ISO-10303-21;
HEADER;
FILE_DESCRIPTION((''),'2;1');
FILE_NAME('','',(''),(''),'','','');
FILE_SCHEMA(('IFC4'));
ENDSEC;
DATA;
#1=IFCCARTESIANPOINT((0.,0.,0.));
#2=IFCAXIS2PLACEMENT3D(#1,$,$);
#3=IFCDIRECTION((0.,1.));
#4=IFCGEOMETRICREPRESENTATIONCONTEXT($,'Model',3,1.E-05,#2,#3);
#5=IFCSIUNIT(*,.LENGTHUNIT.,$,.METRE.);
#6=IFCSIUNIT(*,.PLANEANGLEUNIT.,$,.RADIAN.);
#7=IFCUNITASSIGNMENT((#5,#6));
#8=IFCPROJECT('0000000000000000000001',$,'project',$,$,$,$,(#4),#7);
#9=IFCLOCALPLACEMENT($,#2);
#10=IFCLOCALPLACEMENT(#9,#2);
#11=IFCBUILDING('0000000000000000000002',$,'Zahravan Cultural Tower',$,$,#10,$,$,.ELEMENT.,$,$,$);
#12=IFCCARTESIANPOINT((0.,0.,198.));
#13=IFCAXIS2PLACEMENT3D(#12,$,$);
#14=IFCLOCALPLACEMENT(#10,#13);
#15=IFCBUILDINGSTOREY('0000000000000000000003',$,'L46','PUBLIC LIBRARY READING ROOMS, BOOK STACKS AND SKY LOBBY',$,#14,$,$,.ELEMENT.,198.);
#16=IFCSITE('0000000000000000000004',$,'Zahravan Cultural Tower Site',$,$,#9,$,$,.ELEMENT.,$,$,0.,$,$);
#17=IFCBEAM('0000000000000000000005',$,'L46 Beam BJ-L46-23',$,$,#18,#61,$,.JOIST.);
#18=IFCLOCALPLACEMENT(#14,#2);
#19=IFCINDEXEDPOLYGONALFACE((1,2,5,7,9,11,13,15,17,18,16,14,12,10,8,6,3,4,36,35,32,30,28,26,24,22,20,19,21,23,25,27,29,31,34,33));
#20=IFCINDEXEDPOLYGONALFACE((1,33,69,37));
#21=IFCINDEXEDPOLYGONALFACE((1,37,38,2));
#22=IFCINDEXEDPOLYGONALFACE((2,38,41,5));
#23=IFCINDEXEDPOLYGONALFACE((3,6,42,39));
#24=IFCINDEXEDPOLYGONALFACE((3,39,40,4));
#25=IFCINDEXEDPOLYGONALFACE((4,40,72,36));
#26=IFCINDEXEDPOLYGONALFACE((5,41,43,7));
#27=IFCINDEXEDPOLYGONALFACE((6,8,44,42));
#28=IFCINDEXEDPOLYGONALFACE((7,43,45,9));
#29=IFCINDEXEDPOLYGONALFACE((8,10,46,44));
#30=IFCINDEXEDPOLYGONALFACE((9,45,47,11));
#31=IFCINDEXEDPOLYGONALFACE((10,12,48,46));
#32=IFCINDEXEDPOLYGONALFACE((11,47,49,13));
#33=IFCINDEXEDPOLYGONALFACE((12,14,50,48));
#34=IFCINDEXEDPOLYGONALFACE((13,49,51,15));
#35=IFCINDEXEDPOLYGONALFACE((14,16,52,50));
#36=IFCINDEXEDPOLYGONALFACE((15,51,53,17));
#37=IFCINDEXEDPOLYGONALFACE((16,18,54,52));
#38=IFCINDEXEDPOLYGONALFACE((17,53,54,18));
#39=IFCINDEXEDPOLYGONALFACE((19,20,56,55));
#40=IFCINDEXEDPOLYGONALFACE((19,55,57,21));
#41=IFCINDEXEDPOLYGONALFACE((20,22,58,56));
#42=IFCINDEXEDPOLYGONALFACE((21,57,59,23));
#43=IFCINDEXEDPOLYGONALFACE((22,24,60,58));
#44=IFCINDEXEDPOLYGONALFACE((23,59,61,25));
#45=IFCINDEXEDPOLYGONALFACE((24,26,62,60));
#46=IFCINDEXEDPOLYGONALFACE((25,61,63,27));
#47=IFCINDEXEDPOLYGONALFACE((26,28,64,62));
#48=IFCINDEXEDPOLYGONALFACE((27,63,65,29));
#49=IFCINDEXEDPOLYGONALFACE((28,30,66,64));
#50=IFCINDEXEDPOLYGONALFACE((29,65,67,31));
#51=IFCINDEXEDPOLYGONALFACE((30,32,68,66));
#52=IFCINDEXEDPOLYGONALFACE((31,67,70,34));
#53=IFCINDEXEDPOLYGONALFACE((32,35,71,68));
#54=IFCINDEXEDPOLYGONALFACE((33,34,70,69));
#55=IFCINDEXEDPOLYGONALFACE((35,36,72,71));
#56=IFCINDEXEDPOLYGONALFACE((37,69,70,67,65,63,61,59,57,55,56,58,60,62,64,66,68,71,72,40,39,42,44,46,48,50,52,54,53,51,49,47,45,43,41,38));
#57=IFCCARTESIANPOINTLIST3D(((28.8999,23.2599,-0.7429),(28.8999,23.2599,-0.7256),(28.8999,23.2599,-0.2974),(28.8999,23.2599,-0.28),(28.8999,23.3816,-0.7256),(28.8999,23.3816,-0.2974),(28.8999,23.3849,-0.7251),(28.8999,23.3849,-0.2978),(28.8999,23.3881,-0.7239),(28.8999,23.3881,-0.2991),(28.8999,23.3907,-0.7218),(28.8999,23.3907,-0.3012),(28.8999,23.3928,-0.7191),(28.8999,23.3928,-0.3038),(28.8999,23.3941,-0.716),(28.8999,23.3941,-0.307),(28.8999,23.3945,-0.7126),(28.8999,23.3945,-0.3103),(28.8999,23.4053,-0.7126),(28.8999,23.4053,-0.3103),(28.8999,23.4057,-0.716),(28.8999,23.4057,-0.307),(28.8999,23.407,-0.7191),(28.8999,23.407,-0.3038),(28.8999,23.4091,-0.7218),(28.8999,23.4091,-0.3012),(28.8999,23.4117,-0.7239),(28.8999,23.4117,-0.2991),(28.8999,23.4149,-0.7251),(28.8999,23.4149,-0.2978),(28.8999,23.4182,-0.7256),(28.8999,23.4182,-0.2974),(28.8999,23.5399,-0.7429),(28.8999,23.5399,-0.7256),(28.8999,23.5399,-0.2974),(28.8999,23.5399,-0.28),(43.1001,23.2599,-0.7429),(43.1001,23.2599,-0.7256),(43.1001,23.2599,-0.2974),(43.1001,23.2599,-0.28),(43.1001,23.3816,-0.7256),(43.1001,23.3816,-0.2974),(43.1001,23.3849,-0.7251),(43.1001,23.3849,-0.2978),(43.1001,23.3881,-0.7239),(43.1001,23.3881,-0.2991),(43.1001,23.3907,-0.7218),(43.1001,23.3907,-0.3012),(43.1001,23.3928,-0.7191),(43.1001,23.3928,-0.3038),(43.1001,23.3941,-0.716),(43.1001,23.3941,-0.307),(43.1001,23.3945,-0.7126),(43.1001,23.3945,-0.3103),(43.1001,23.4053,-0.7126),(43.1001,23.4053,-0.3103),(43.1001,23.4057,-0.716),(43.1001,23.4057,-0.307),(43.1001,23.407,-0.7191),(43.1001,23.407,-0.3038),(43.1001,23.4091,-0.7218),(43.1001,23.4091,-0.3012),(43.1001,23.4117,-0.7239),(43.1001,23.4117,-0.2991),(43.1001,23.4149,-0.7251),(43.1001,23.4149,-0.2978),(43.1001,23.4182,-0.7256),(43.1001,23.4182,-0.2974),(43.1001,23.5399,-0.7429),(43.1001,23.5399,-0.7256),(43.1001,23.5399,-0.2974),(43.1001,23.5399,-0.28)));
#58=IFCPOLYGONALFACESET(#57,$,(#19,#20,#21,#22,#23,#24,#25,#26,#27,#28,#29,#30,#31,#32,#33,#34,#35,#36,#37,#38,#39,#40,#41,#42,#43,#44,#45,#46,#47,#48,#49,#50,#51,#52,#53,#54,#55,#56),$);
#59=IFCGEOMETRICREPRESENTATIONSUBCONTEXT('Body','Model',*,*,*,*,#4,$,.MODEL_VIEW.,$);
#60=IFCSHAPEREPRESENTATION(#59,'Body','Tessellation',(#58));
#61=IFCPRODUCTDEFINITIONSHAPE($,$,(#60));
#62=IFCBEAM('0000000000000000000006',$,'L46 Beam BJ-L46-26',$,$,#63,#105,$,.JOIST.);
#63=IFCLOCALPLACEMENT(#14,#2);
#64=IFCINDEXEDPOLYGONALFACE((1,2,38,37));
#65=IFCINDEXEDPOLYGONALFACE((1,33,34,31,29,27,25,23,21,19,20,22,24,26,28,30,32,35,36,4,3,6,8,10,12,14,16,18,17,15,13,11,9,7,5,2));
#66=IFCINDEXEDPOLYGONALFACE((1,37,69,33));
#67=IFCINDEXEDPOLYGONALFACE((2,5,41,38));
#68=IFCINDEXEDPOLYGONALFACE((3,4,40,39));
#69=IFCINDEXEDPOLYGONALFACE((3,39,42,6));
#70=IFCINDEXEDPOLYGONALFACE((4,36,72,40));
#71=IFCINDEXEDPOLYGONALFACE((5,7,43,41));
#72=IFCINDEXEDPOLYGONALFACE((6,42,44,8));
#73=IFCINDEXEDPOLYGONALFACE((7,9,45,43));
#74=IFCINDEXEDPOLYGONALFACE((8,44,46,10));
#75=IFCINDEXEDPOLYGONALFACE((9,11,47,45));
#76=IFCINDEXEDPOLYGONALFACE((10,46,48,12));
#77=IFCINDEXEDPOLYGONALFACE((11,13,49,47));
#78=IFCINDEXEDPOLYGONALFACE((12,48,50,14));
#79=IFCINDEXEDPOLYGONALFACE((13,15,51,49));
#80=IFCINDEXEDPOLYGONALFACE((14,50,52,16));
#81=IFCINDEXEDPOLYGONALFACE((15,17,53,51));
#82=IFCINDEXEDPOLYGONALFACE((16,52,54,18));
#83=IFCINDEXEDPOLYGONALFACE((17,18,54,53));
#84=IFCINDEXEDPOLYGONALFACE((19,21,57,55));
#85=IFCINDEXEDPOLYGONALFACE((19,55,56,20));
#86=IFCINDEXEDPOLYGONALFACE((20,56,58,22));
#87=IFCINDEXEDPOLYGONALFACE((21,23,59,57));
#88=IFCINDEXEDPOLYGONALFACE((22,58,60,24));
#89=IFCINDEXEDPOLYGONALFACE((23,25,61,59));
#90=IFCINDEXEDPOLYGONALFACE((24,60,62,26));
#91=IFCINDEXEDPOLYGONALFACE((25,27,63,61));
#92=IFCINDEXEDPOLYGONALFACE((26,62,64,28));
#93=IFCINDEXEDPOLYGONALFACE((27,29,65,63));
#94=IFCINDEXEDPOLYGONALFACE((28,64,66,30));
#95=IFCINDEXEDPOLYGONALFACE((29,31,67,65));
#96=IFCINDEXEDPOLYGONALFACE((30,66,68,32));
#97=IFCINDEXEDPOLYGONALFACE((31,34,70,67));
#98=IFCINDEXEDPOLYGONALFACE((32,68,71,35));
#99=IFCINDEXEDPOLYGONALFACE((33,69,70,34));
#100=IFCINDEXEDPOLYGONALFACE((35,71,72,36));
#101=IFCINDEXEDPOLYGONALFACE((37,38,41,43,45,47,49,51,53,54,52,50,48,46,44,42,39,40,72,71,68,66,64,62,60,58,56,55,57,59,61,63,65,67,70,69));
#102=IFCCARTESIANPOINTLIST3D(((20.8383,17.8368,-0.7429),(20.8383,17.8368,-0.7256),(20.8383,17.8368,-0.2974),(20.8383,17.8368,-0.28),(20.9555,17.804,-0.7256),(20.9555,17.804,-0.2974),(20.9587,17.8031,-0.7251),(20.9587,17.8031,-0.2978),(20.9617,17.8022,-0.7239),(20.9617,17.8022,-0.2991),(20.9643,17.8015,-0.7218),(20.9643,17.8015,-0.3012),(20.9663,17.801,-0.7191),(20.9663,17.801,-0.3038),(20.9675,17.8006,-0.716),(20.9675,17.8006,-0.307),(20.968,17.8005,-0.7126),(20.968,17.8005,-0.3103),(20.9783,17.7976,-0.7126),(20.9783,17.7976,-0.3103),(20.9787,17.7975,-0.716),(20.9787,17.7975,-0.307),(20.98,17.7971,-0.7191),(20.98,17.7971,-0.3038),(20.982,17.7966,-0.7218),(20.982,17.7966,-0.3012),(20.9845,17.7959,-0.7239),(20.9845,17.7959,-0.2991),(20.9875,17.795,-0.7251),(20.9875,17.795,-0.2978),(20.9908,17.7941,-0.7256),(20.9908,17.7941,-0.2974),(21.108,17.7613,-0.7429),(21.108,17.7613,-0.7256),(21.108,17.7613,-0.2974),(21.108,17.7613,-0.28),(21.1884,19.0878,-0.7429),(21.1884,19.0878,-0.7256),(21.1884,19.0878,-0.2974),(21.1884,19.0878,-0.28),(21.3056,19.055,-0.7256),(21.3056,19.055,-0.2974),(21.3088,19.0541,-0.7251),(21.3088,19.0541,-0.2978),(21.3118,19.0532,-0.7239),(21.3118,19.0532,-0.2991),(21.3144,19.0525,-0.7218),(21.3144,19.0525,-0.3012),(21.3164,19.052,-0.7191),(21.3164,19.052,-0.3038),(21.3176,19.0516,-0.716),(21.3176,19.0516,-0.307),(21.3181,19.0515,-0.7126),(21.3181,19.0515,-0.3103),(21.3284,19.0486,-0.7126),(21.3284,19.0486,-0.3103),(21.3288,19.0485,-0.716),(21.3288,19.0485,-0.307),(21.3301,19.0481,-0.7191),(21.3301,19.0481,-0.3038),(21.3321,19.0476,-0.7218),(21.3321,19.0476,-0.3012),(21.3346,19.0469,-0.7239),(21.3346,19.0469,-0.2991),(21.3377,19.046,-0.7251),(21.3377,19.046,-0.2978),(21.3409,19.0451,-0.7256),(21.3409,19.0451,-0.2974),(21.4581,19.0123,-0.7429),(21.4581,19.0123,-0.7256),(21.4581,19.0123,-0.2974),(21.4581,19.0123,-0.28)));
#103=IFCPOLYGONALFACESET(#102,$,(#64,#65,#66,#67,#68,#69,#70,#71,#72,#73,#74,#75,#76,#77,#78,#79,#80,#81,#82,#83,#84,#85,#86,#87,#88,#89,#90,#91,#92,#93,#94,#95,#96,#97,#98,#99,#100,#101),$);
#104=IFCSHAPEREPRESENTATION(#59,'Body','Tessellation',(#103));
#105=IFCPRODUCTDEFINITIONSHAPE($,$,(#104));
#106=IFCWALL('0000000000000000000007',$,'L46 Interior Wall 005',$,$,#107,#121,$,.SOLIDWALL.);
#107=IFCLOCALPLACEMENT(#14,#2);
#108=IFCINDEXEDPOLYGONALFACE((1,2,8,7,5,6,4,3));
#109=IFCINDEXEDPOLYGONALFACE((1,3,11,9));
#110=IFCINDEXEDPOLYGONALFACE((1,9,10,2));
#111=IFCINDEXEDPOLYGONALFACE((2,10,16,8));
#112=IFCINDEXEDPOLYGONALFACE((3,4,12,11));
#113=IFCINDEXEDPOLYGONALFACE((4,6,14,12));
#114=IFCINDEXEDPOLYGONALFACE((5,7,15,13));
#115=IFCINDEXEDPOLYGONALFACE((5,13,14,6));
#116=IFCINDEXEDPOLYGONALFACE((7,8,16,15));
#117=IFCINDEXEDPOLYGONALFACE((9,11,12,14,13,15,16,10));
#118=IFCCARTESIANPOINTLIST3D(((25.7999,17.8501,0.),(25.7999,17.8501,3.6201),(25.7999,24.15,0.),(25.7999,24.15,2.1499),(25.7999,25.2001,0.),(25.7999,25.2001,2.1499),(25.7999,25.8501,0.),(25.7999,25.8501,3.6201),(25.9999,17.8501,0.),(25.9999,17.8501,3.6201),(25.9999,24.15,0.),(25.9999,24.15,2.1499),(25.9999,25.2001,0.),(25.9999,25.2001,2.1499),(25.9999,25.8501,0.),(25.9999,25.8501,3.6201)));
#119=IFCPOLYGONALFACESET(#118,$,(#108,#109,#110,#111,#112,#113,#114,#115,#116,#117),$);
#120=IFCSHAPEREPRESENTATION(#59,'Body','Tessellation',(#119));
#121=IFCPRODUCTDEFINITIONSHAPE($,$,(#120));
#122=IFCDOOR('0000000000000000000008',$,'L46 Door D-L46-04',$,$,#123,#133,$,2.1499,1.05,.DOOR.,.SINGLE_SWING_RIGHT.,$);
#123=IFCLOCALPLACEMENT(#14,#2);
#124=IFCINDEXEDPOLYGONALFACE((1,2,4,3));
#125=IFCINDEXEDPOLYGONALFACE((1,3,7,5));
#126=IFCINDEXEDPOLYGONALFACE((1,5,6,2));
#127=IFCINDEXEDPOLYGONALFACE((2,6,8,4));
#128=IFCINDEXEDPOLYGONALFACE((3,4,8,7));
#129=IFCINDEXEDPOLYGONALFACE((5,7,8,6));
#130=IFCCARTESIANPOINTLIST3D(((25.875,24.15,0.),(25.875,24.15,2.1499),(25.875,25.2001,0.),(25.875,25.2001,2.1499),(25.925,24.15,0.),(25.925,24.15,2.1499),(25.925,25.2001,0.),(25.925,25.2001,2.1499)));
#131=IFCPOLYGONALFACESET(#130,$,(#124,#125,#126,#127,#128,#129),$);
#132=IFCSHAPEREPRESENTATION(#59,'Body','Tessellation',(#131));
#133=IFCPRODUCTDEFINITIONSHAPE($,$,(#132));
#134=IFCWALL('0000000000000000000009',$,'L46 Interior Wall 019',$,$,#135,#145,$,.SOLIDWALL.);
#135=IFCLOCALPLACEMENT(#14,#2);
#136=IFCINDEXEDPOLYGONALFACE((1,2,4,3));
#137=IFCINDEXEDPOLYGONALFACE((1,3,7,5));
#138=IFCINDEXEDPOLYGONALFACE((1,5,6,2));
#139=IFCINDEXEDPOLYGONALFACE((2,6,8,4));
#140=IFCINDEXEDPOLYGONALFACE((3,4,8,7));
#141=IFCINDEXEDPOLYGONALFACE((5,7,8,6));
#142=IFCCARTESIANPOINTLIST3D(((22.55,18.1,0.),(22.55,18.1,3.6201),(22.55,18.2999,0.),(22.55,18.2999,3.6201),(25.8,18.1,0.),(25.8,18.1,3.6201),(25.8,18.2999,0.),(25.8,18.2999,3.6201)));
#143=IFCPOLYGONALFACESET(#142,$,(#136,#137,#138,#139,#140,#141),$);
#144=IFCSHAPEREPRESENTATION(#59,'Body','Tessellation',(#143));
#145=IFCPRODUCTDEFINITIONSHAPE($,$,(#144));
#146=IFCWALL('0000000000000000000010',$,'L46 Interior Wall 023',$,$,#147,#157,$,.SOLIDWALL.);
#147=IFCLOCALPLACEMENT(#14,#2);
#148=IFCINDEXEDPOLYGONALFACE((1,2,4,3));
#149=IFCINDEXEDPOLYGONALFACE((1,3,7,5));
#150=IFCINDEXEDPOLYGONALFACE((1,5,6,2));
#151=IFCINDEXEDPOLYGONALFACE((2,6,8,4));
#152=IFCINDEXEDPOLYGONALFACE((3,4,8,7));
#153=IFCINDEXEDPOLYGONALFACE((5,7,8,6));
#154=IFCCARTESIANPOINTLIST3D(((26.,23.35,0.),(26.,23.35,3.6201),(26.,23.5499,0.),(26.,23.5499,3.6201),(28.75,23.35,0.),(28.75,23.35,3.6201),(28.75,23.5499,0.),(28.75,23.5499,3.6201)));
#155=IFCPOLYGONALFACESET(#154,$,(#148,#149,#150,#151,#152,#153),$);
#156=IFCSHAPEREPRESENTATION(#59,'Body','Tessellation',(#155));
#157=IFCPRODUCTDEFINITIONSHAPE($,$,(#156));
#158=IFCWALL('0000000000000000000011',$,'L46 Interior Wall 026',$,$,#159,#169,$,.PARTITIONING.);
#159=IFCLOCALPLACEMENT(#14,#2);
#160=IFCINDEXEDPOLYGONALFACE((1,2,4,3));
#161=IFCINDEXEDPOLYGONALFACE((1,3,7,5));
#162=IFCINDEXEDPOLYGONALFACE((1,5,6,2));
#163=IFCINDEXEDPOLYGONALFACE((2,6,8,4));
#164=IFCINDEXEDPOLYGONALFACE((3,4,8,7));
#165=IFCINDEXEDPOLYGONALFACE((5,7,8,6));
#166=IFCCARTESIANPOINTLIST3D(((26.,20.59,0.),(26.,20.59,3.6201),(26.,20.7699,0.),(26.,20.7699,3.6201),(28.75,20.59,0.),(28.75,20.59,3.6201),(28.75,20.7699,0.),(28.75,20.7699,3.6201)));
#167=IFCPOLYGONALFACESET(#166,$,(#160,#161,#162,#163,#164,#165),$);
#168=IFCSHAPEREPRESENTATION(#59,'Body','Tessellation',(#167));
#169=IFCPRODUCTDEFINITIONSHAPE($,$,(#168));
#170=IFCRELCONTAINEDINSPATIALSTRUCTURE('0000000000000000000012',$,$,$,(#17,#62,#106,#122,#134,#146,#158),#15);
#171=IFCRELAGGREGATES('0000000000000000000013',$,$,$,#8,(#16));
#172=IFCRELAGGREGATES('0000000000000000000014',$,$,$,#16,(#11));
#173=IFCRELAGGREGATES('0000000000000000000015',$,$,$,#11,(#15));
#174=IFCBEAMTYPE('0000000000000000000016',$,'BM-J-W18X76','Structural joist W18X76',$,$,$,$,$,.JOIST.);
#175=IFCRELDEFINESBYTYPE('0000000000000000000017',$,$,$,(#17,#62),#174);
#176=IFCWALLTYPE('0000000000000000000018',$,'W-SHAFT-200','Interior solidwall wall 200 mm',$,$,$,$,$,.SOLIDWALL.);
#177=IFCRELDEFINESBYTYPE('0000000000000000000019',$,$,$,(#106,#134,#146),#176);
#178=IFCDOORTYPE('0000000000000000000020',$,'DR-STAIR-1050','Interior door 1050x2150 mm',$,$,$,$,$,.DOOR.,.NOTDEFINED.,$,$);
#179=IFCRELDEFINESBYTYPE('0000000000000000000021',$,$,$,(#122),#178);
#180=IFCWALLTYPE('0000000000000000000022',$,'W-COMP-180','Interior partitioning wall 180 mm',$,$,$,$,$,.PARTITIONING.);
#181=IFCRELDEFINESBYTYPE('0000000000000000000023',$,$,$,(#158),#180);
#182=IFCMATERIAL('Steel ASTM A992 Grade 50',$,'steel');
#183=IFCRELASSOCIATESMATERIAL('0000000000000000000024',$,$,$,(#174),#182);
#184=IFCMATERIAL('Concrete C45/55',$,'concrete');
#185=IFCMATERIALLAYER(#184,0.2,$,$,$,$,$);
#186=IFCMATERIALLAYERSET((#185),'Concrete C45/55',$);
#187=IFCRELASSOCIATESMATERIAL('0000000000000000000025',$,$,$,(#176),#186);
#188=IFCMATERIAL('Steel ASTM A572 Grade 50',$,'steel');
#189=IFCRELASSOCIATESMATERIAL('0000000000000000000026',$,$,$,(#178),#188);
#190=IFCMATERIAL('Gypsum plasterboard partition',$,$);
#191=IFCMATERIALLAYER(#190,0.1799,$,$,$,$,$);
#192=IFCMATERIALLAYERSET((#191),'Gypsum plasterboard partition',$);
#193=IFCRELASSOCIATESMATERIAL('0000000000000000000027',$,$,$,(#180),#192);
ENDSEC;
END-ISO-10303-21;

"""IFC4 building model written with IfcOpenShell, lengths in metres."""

from ifc_helpers import new_model, si_unit, direction, frame, frame_2d, origin, origin_2d, place, context, subcontext, project, spatial, rectangle, i_section, extrude, source, transform, mapped, material, layer, layer_set, material_profile, profile_set, type_object, element, fill, save


model = new_model("IFC4")

# Units and contexts
model_context = context("Model", 3, precision=1e-05, world=origin(), true_north=direction((0.0, 1.0)))
body_context = subcontext(model_context, "Body", "Model", "MODEL_VIEW")
ifc_project = project(units=[si_unit("LENGTHUNIT", "METRE"), si_unit("PLANEANGLEUNIT", "RADIAN")], contexts=[model_context])

# Site, building, storey
site_placement = place(None, origin())
site = spatial("IfcSite", under=ifc_project, at=site_placement, Name="Zahravan Cultural Tower Site", CompositionType="ELEMENT", RefElevation=0.0)
building_placement = place(site_placement, origin())
building = spatial("IfcBuilding", under=site, at=building_placement, Name="Zahravan Cultural Tower", CompositionType="ELEMENT")
storey_placement = place(building_placement, frame((0.0, 0.0, 198.0)))
storey = spatial("IfcBuildingStorey", under=building, at=storey_placement, Name="L46", Description="PUBLIC LIBRARY READING ROOMS, BOOK STACKS AND SKY LOBBY", CompositionType="ELEMENT", Elevation=198.0)

# Beams
ifc_material_1 = material(Name="Steel ASTM A992 Grade 50", Category="steel")
ifc_material_profile = material_profile(ifc_material_1, i_section(OverallWidth=0.28, OverallDepth=0.4629, WebThickness=0.0107, FlangeThickness=0.0173, FilletRadius=0.0129, at=origin_2d()), Name="W18X76")
ifc_profile_set = profile_set([ifc_material_profile], Name="Steel ASTM A992 Grade 50")
beam_type = type_object("IfcBeamType", Name="BM-J-W18X76", Description="Structural joist W18X76", PredefinedType="JOIST", material=ifc_profile_set)
shared_shape_1 = source(origin(), body_context, "Body", "SweptSolid", [
    extrude(i_section(OverallWidth=0.28, OverallDepth=0.4629, WebThickness=0.0107, FlangeThickness=0.0173, FilletRadius=0.0129, at=origin_2d()), origin(), (0.0, 0.0, 1.0), 14.2002),
])
beam_1_placement = place(storey_placement, frame((28.8999, 23.3999, -0.5115), z_axis=(1.0, 0.0, 0.0), x_axis=(0.0, 1.0, 0.0)))
element("IfcBeam", 1, at=beam_1_placement, inside=storey, type_object=beam_type, Name="L46 Beam BJ-L46-23", PredefinedType="JOIST", context=body_context, shape_type="MappedRepresentation", body=[
    mapped(shared_shape_1, transform((0.0, 0.0, 0.0), x_axis=(1.0, 0.0, 0.0), y_axis=(0.0, 1.0, 0.0), z_axis=(0.0, 0.0, 1.0), scale=1.0)),
])
shared_shape_2 = source(origin(), body_context, "Body", "SweptSolid", [
    extrude(i_section(OverallWidth=0.28, OverallDepth=0.4629, WebThickness=0.0107, FlangeThickness=0.0173, FilletRadius=0.0129, at=origin_2d()), origin(), (0.0, 0.0, 1.0), 1.2991),
])
beam_2_placement = place(storey_placement, frame((21.3232, 19.05, -0.5115), z_axis=(-0.269504, -0.962999, 0.0), x_axis=(0.962999, -0.269504, 0.0)))
element("IfcBeam", 2, at=beam_2_placement, inside=storey, type_object=beam_type, Name="L46 Beam BJ-L46-26", PredefinedType="JOIST", context=body_context, shape_type="MappedRepresentation", body=[
    mapped(shared_shape_2, transform((0.0, 0.0, 0.0), x_axis=(1.0, 0.0, 0.0), y_axis=(0.0, 1.0, 0.0), z_axis=(0.0, 0.0, 1.0), scale=1.0)),
])

# Wall, opening, door
ifc_material_2 = material(Name="Gypsum plasterboard partition")
ifc_material_3 = material(Name="Concrete C45/55", Category="concrete")
ifc_layer_1 = layer(ifc_material_3, 0.2)
ifc_layer_set_1 = layer_set([ifc_layer_1], Name="Concrete C45/55")
wall_type_1 = type_object("IfcWallType", Name="W-SHAFT-200", Description="Interior solidwall wall 200 mm", PredefinedType="SOLIDWALL", material=ifc_layer_set_1)
wall_1_placement = place(storey_placement, frame((25.8999, 17.8501, 0.0), z_axis=(0.0, 0.0, 1.0), x_axis=(0.0, 1.0, 0.0)))
wall_1 = element("IfcWall", 3, at=wall_1_placement, inside=storey, type_object=wall_type_1, Name="L46 Interior Wall 005", PredefinedType="SOLIDWALL", context=body_context, shape_type="SweptSolid", body=[
    extrude(rectangle(XDim=8.0, YDim=0.2, at=frame_2d((4.0, 0.0))), origin(), (0.0, 0.0, 1.0), 3.6201),
])
opening_1_placement = place(wall_1_placement, frame((6.3, 0.0, 0.0)))
opening_1 = element("IfcOpeningElement", 4, at=opening_1_placement, cuts=wall_1, PredefinedType="OPENING", context=body_context, shape_type="SweptSolid", body=[
    extrude(rectangle(XDim=1.05, YDim=2.1499, at=frame_2d((0.5249, 1.075))), frame((0.0, 0.1099, 0.0), z_axis=(0.0, -1.0, 0.0), x_axis=(1.0, 0.0, 0.0)), (0.0, 0.0, 1.0), 0.22),
])
ifc_material_4 = material(Name="Steel ASTM A572 Grade 50", Category="steel")
door_type_1 = type_object("IfcDoorType", Name="DR-STAIR-1050", Description="Interior door 1050x2150 mm", OperationType="NOTDEFINED", PredefinedType="DOOR", material=ifc_material_4)
shared_shape_3 = source(origin(), body_context, "Body", "SweptSolid", [
    extrude(rectangle(XDim=1.05, YDim=2.1499, at=frame_2d((0.5249, 1.075))), frame((0.0, 0.0249, 0.0), z_axis=(0.0, -1.0, 0.0), x_axis=(1.0, 0.0, 0.0)), (0.0, 0.0, 1.0), 0.05),
])
door_1_placement = place(opening_1_placement, origin())
door_1 = element("IfcDoor", 5, at=door_1_placement, inside=storey, type_object=door_type_1, Name="L46 Door D-L46-04", OperationType="SINGLE_SWING_RIGHT", OverallHeight=2.1499, OverallWidth=1.05, PredefinedType="DOOR", context=body_context, shape_type="MappedRepresentation", body=[
    mapped(shared_shape_3, transform((0.0, 0.0, 0.0), x_axis=(1.0, 0.0, 0.0), y_axis=(0.0, 1.0, 0.0), z_axis=(0.0, 0.0, 1.0), scale=1.0)),
])
fill(opening_1, door_1)

# Walls
shared_shape_4 = source(origin(), body_context, "Body", "SweptSolid", [
    extrude(rectangle(XDim=3.25, YDim=0.2, at=frame_2d((1.625, 0.0))), origin(), (0.0, 0.0, 1.0), 3.6201),
])
wall_2_placement = place(storey_placement, frame((22.55, 18.2, 0.0), z_axis=(0.0, 0.0, 1.0), x_axis=(1.0, 0.0, 0.0)))
element("IfcWall", 6, at=wall_2_placement, inside=storey, type_object=wall_type_1, Name="L46 Interior Wall 019", PredefinedType="SOLIDWALL", context=body_context, shape_type="MappedRepresentation", body=[
    mapped(shared_shape_4, transform((0.0, 0.0, 0.0), x_axis=(1.0, 0.0, 0.0), y_axis=(0.0, 1.0, 0.0), z_axis=(0.0, 0.0, 1.0), scale=1.0)),
])
shared_shape_5 = source(origin(), body_context, "Body", "SweptSolid", [
    extrude(rectangle(XDim=2.75, YDim=0.2, at=frame_2d((1.375, 0.0))), origin(), (0.0, 0.0, 1.0), 3.6201),
])
wall_3_placement = place(storey_placement, frame((26.0, 23.45, 0.0), z_axis=(0.0, 0.0, 1.0), x_axis=(1.0, 0.0, 0.0)))
element("IfcWall", 7, at=wall_3_placement, inside=storey, type_object=wall_type_1, Name="L46 Interior Wall 023", PredefinedType="SOLIDWALL", context=body_context, shape_type="MappedRepresentation", body=[
    mapped(shared_shape_5, transform((0.0, 0.0, 0.0), x_axis=(1.0, 0.0, 0.0), y_axis=(0.0, 1.0, 0.0), z_axis=(0.0, 0.0, 1.0), scale=1.0)),
])
ifc_layer_2 = layer(ifc_material_2, 0.1799)
ifc_layer_set_2 = layer_set([ifc_layer_2], Name="Gypsum plasterboard partition")
wall_type_2 = type_object("IfcWallType", Name="W-COMP-180", Description="Interior partitioning wall 180 mm", PredefinedType="PARTITIONING", material=ifc_layer_set_2)
shared_shape_6 = source(origin(), body_context, "Body", "SweptSolid", [
    extrude(rectangle(XDim=2.75, YDim=0.1799, at=frame_2d((1.375, 0.0))), origin(), (0.0, 0.0, 1.0), 3.6201),
])
wall_4_placement = place(storey_placement, frame((26.0, 20.6799, 0.0), z_axis=(0.0, 0.0, 1.0), x_axis=(1.0, 0.0, 0.0)))
element("IfcWall", 8, at=wall_4_placement, inside=storey, type_object=wall_type_2, Name="L46 Interior Wall 026", PredefinedType="PARTITIONING", context=body_context, shape_type="MappedRepresentation", body=[
    mapped(shared_shape_6, transform((0.0, 0.0, 0.0), x_axis=(1.0, 0.0, 0.0), y_axis=(0.0, 1.0, 0.0), z_axis=(0.0, 0.0, 1.0), scale=1.0)),
])

save(model, "model.ifc")
